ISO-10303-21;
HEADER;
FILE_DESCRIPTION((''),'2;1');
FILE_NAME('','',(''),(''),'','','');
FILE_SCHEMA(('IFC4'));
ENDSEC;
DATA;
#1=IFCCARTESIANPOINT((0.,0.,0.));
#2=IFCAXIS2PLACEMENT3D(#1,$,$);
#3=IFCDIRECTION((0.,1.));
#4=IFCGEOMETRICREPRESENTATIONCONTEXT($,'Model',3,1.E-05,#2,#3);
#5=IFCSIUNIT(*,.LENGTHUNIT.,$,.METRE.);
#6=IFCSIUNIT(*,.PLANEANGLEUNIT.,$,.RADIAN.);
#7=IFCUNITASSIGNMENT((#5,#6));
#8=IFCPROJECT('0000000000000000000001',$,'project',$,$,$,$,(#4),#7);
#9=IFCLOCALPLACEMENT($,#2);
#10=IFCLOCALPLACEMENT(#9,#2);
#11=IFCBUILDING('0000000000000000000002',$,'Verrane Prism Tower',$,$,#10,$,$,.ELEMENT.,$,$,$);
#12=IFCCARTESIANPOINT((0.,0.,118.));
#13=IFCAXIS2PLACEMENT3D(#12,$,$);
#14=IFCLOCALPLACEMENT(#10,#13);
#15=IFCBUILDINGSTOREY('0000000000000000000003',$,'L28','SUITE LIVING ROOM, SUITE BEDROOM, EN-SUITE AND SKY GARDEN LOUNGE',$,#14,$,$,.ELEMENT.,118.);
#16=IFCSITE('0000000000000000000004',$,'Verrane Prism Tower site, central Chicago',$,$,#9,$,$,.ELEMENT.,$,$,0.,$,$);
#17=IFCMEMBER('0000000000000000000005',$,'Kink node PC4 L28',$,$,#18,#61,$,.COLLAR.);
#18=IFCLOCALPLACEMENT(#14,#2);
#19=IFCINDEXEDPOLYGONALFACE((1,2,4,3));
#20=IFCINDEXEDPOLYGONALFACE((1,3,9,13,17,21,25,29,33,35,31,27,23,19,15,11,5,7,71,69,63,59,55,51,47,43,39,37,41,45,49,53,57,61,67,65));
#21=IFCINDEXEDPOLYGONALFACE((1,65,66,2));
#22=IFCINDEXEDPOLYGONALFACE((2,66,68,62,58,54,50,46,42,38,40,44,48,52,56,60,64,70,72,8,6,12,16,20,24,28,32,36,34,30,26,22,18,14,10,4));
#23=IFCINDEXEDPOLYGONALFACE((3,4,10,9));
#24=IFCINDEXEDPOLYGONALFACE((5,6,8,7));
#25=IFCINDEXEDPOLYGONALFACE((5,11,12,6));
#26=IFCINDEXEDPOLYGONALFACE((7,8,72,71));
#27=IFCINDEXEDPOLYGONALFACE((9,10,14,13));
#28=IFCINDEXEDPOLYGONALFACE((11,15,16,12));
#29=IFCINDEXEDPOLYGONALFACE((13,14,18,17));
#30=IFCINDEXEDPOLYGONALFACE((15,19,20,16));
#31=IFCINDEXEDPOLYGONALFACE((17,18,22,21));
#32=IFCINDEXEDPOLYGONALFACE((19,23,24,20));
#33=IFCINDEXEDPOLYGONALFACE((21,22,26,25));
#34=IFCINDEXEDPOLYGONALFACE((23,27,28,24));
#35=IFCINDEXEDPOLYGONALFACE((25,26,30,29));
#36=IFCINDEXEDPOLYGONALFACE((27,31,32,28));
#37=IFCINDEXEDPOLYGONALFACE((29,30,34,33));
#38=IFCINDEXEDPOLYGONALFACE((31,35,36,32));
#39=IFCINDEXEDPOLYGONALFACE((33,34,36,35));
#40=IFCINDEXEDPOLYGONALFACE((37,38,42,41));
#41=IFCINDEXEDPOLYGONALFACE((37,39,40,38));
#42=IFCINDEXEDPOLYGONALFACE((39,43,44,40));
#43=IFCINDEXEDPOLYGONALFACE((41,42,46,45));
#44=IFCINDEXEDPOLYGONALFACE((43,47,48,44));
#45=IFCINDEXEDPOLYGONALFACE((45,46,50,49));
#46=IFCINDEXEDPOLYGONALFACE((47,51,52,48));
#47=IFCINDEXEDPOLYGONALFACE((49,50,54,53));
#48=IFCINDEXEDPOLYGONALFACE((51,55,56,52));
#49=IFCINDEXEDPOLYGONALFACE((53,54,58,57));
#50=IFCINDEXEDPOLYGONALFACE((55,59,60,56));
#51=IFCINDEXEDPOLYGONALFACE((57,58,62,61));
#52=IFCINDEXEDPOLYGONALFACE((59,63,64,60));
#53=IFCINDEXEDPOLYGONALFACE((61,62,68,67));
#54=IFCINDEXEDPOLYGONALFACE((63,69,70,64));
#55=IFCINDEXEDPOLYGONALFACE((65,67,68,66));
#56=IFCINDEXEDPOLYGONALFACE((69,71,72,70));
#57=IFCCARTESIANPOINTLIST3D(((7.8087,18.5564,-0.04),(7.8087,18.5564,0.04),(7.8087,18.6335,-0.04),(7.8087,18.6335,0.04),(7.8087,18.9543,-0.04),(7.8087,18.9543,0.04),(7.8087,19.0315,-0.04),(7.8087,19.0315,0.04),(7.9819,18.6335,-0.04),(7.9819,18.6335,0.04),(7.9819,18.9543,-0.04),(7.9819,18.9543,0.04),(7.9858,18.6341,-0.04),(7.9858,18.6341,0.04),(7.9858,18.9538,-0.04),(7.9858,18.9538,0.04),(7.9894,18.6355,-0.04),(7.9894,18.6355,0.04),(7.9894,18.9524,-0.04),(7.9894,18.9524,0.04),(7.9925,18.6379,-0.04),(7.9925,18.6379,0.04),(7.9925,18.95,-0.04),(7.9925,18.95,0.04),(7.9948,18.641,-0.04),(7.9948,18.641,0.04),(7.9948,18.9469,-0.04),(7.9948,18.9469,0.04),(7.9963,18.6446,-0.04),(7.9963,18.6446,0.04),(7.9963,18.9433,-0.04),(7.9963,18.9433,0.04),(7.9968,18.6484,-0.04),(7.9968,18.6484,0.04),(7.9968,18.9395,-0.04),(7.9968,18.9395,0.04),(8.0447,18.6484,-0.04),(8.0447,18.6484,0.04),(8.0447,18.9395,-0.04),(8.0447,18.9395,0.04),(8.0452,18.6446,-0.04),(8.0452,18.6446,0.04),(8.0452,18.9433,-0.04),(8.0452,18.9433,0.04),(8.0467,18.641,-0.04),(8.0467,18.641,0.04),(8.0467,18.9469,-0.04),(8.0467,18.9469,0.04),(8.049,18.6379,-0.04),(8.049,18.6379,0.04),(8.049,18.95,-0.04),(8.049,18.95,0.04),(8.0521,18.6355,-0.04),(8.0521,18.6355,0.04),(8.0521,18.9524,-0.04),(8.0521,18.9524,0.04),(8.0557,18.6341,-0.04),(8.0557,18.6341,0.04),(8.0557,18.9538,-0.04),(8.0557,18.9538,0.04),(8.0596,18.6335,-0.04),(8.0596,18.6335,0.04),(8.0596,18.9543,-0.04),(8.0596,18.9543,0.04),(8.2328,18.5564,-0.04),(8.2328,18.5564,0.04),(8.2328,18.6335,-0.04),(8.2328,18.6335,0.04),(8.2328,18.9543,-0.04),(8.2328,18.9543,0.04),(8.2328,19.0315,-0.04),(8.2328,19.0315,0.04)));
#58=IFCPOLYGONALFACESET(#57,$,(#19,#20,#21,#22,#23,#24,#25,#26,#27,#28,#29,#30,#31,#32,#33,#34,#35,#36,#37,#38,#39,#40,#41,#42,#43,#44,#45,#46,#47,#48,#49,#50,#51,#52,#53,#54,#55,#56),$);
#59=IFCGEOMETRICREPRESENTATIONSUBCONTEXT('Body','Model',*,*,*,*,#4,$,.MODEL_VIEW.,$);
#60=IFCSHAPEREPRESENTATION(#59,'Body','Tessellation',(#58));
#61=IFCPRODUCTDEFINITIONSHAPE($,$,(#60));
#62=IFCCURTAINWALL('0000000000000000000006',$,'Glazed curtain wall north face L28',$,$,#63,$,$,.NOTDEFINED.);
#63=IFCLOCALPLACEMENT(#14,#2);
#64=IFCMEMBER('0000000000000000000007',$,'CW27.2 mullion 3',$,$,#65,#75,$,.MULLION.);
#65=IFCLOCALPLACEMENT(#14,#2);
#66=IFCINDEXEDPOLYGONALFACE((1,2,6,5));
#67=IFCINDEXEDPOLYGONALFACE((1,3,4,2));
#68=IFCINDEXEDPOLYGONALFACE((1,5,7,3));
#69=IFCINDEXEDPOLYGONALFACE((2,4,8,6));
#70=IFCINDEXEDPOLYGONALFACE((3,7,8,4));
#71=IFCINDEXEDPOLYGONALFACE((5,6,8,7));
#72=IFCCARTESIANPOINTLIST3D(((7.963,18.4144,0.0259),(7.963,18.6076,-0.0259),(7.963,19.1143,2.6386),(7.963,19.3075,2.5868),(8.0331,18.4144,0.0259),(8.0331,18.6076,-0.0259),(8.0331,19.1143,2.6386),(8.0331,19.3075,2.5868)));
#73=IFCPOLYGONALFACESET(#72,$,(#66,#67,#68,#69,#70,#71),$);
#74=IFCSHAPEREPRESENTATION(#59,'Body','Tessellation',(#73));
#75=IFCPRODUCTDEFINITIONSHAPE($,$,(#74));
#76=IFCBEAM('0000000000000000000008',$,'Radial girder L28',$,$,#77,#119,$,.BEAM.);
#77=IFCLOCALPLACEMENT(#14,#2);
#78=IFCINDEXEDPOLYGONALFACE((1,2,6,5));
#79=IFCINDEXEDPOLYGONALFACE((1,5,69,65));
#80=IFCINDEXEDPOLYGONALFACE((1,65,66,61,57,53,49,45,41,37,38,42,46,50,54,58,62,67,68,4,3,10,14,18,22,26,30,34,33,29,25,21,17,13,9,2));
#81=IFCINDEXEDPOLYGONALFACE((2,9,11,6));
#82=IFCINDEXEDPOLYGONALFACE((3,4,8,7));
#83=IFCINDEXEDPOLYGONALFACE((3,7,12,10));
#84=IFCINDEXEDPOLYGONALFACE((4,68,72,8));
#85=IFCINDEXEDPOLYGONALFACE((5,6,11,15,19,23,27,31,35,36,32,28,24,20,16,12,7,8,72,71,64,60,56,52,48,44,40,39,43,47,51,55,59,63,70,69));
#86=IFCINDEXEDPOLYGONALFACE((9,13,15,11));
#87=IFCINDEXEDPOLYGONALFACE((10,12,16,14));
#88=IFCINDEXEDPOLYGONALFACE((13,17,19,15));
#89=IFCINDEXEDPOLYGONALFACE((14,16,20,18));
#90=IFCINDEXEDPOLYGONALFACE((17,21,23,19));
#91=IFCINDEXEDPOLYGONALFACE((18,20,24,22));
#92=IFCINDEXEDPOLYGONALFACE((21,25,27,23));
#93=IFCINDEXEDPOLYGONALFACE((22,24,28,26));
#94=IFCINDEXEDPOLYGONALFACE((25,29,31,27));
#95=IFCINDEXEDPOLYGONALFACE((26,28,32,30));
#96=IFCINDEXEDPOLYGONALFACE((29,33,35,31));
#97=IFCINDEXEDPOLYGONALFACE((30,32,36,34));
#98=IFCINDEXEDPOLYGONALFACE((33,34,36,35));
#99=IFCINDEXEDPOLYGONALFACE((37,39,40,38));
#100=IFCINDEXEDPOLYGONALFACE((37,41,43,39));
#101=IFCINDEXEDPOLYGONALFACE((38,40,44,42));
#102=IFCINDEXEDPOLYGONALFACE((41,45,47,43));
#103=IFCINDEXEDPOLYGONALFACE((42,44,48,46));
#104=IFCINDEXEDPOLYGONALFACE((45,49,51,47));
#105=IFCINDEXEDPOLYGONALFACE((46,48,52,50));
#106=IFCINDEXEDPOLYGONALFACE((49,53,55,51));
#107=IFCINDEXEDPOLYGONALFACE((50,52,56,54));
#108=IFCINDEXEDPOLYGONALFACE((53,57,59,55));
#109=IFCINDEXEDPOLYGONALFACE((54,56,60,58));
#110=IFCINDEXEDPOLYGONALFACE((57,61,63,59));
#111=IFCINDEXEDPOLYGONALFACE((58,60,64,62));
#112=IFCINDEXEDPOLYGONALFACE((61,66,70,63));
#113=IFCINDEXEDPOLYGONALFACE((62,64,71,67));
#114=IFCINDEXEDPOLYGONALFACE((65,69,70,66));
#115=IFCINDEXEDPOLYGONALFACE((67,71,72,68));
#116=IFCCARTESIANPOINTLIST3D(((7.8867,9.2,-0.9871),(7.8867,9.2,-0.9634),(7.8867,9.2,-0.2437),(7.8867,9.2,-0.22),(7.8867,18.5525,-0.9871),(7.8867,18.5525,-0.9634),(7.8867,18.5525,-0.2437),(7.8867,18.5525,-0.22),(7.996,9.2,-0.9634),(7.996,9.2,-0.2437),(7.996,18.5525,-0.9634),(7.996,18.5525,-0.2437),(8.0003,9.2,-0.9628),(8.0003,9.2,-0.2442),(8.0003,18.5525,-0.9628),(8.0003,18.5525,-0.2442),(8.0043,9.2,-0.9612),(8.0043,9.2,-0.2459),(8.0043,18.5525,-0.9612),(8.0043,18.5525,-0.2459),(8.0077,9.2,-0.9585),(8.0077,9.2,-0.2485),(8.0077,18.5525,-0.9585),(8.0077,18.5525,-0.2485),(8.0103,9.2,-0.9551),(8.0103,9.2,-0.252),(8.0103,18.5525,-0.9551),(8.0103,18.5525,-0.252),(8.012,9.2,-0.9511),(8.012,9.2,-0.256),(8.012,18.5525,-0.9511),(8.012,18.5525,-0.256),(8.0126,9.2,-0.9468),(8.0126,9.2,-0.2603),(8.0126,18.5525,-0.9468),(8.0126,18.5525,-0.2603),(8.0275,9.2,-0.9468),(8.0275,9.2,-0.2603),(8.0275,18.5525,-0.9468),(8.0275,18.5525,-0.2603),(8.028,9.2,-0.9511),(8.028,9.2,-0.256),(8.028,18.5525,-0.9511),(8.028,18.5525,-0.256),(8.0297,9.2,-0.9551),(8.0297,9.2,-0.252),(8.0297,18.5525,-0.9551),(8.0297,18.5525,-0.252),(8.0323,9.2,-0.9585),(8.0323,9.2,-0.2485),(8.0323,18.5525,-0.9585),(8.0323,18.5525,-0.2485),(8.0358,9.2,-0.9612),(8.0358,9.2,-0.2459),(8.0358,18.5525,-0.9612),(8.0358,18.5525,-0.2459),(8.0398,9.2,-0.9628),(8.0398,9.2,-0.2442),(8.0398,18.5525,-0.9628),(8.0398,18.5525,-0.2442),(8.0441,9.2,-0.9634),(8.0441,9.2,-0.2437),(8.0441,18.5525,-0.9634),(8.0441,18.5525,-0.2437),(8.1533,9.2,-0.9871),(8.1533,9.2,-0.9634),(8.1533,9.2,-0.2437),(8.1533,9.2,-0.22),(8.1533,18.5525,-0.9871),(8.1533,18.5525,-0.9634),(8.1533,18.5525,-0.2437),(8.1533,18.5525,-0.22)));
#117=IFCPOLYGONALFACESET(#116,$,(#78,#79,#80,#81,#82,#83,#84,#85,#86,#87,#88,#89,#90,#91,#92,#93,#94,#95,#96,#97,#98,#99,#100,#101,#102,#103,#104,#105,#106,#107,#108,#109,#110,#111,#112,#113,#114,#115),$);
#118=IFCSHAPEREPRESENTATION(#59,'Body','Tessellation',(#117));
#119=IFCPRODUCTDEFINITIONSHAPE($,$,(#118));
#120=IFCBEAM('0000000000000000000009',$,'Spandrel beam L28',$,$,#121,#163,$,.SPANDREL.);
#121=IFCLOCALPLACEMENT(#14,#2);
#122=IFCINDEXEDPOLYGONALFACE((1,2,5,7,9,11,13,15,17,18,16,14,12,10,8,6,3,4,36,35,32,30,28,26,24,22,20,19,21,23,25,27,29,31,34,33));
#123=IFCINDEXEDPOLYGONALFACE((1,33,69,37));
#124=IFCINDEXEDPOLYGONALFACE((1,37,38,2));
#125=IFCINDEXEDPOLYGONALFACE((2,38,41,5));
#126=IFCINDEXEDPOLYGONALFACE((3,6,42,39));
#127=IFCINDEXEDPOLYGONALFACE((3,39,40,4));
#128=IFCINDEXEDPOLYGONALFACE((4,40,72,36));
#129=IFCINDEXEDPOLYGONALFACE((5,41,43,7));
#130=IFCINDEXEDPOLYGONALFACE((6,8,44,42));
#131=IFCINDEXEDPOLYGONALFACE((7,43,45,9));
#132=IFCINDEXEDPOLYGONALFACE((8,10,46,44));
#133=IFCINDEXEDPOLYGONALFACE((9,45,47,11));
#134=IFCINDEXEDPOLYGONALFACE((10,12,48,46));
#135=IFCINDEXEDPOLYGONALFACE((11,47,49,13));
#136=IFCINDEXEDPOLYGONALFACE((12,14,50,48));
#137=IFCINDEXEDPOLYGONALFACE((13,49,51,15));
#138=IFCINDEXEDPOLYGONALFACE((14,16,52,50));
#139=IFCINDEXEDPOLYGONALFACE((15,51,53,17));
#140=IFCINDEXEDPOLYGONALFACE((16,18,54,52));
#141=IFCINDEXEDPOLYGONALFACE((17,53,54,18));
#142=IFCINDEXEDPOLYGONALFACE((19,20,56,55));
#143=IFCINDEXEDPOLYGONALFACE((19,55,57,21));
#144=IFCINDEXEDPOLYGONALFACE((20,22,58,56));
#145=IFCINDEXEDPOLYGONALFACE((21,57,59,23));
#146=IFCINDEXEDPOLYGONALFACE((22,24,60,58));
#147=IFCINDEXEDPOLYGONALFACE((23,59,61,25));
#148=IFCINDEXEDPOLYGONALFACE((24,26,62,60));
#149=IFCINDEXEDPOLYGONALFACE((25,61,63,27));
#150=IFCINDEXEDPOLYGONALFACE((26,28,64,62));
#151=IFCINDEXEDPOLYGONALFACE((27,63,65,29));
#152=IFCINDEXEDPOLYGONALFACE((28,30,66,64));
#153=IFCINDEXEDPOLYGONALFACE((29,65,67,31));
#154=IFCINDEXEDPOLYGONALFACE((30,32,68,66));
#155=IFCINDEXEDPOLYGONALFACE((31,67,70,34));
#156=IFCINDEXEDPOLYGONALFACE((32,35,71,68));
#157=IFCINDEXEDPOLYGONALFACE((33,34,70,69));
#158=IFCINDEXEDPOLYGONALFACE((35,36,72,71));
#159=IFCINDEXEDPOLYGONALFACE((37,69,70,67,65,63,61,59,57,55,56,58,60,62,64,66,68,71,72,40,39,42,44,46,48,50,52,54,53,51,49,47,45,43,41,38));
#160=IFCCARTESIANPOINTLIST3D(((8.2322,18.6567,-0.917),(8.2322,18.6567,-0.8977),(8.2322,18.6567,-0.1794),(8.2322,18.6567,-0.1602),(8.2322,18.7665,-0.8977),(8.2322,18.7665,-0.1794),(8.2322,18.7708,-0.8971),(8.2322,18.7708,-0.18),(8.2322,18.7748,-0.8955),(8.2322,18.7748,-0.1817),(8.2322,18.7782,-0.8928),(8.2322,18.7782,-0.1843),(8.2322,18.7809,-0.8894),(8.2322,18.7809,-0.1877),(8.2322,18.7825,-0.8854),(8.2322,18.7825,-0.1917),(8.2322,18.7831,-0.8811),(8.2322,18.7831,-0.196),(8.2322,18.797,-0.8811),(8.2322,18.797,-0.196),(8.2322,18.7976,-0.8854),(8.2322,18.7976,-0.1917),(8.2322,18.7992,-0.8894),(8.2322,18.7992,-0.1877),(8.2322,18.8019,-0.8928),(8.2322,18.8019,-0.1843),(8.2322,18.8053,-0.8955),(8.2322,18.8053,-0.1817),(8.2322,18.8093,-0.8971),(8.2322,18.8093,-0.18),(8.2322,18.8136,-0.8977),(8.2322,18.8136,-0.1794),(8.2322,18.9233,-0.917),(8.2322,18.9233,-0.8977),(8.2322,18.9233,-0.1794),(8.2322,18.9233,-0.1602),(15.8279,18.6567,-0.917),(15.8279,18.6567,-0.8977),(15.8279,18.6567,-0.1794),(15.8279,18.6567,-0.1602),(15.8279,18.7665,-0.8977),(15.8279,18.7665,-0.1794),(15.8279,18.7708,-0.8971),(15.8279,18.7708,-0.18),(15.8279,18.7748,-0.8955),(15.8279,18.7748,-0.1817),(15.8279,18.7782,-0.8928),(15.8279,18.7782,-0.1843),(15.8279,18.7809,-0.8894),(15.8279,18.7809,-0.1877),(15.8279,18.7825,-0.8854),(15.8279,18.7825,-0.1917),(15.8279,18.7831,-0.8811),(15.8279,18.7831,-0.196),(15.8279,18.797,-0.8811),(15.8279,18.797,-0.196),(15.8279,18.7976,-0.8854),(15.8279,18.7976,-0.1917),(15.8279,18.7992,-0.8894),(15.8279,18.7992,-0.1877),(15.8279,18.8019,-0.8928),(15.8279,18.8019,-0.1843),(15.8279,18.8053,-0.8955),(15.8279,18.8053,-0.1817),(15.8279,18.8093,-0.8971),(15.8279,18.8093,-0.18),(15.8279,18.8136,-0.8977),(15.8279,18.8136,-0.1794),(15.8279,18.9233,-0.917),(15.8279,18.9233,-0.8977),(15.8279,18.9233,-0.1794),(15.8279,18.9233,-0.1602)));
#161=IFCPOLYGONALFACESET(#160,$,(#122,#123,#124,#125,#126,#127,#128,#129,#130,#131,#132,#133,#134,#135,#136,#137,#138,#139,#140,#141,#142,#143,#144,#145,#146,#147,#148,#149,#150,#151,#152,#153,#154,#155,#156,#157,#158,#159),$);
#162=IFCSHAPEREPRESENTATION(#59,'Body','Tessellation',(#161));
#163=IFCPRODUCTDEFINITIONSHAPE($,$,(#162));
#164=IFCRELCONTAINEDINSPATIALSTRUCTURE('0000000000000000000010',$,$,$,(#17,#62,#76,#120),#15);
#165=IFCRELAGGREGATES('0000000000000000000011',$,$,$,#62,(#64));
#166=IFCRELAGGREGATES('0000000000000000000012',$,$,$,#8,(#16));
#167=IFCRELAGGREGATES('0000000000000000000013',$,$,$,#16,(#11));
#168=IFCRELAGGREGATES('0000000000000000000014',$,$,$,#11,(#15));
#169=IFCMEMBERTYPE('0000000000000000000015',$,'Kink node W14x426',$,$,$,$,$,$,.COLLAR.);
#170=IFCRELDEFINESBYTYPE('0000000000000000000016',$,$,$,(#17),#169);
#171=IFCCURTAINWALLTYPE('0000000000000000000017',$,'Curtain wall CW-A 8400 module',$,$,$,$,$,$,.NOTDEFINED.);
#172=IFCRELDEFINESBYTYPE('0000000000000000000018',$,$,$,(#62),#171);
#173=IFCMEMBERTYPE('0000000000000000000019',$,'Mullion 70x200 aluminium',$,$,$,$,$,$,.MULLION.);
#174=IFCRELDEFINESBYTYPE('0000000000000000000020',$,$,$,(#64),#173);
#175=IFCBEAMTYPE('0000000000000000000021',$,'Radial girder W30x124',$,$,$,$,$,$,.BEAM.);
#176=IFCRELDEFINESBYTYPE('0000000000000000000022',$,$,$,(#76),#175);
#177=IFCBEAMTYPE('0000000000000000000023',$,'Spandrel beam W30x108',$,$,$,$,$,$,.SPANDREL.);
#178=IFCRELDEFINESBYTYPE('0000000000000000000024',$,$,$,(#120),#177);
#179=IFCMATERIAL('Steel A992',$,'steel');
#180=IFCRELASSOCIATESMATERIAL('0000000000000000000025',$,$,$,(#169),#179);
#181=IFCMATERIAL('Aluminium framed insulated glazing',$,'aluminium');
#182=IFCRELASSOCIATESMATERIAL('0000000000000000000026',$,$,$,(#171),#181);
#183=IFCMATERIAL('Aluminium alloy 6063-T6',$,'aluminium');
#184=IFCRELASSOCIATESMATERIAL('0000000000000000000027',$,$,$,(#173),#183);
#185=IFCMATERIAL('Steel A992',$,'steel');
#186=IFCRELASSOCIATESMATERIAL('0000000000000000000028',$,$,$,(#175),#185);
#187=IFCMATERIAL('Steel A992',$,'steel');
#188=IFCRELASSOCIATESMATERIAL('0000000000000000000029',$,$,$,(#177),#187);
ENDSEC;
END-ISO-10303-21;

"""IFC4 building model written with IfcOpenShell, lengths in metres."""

from ifc_helpers import new_model, si_unit, direction, frame, origin, origin_2d, place, context, subcontext, project, spatial, rectangle, i_section, extrude, material, material_profile, profile_set, type_object, element, aggregate, save


model = new_model("IFC4")

# Units and contexts
model_context = context("Model", 3, precision=1e-05, world=origin(), true_north=direction((0.0, 1.0)))
body_context = subcontext(model_context, "Body", "Model", "MODEL_VIEW")
ifc_project = project(units=[si_unit("LENGTHUNIT", "METRE"), si_unit("PLANEANGLEUNIT", "RADIAN")], contexts=[model_context])

# Site, building, storey
site_placement = place(None, origin())
site = spatial("IfcSite", under=ifc_project, at=site_placement, Name="Verrane Prism Tower site, central Chicago", CompositionType="ELEMENT", RefElevation=0.0)
building_placement = place(site_placement, origin())
building = spatial("IfcBuilding", under=site, at=building_placement, Name="Verrane Prism Tower", CompositionType="ELEMENT")
storey_placement = place(building_placement, frame((0.0, 0.0, 118.0)))
storey = spatial("IfcBuildingStorey", under=building, at=storey_placement, Name="L28", Description="SUITE LIVING ROOM, SUITE BEDROOM, EN-SUITE AND SKY GARDEN LOUNGE", CompositionType="ELEMENT", Elevation=118.0)

# Member
ifc_material_1 = material(Name="Steel A992", Category="steel")
ifc_material_profile_1 = material_profile(ifc_material_1, i_section(OverallWidth=0.4241, OverallDepth=0.4751, WebThickness=0.0479, FlangeThickness=0.0771, FilletRadius=0.0149, at=origin_2d()), Name="W14x426")
ifc_profile_set_1 = profile_set([ifc_material_profile_1], Name="Steel A992")
member_type_1 = type_object("IfcMemberType", Name="Kink node W14x426", PredefinedType="COLLAR", material=ifc_profile_set_1)
member_1_placement = place(storey_placement, frame((8.0208, 18.7939, -0.04), z_axis=(0.0, 0.0, 1.0), x_axis=(1.0, 0.0, 0.0)))
element("IfcMember", 1, at=member_1_placement, inside=storey, type_object=member_type_1, Name="Kink node PC4 L28", PredefinedType="COLLAR", context=body_context, shape_type="SweptSolid", body=[
    extrude(i_section(OverallWidth=0.4241, OverallDepth=0.4751, WebThickness=0.0479, FlangeThickness=0.0771, FilletRadius=0.0149, at=origin_2d()), origin(), (0.0, 0.0, 1.0), 0.0801),
])

# Curtain wall, member
ifc_material_2 = material(Name="Aluminium framed insulated glazing", Category="aluminium")
curtain_wall_type = type_object("IfcCurtainWallType", Name="Curtain wall CW-A 8400 module", PredefinedType="NOTDEFINED", material=ifc_material_2)
curtain_wall_placement = place(storey_placement, origin())
curtain_wall = element("IfcCurtainWall", 2, at=curtain_wall_placement, inside=storey, type_object=curtain_wall_type, Name="Glazed curtain wall north face L28", PredefinedType="NOTDEFINED")
ifc_material_3 = material(Name="Aluminium alloy 6063-T6", Category="aluminium")
ifc_material_profile_2 = material_profile(ifc_material_3, rectangle(XDim=0.2, YDim=0.0701, at=origin_2d()), Name="Mullion 70x200 aluminium")
ifc_profile_set_2 = profile_set([ifc_material_profile_2], Name="Aluminium alloy 6063-T6")
member_type_2 = type_object("IfcMemberType", Name="Mullion 70x200 aluminium", PredefinedType="MULLION", material=ifc_profile_set_2)
member_2_placement = place(storey_placement, frame((7.998, 18.511, 0.0), z_axis=(0.0, 0.258769, 0.965939), x_axis=(0.0, 0.965939, -0.258769)))
member_2 = element("IfcMember", 3, at=member_2_placement, type_object=member_type_2, Name="CW27.2 mullion 3", PredefinedType="MULLION", context=body_context, shape_type="SweptSolid", body=[
    extrude(rectangle(XDim=0.2, YDim=0.0701, at=origin_2d()), origin(), (0.0, 0.0, 1.0), 2.7048),
])

# Beams
ifc_material_4 = material(Name="Steel A992", Category="steel")
ifc_material_profile_3 = material_profile(ifc_material_4, i_section(OverallWidth=0.2666, OverallDepth=0.7671, WebThickness=0.0149, FlangeThickness=0.0237, FilletRadius=0.0166, at=origin_2d()), Name="W30x124")
ifc_profile_set_3 = profile_set([ifc_material_profile_3], Name="Steel A992")
beam_type_1 = type_object("IfcBeamType", Name="Radial girder W30x124", PredefinedType="BEAM", material=ifc_profile_set_3)
beam_placement = place(storey_placement, frame((8.02, 18.5525, -0.6035), z_axis=(0.0, -1.0, 0.0), x_axis=(1.0, 0.0, 0.0)))
element("IfcBeam", 4, at=beam_placement, inside=storey, type_object=beam_type_1, Name="Radial girder L28", PredefinedType="BEAM", context=body_context, shape_type="SweptSolid", body=[
    extrude(i_section(OverallWidth=0.2666, OverallDepth=0.7671, WebThickness=0.0149, FlangeThickness=0.0237, FilletRadius=0.0166, at=origin_2d()), origin(), (0.0, 0.0, 1.0), 9.3525),
])
ifc_material_5 = material(Name="Steel A992", Category="steel")
ifc_material_profile_4 = material_profile(ifc_material_5, i_section(OverallWidth=0.2666, OverallDepth=0.7568, WebThickness=0.0139, FlangeThickness=0.0193, FilletRadius=0.0166, at=origin_2d()), Name="W30x108")
ifc_profile_set_4 = profile_set([ifc_material_profile_4], Name="Steel A992")
beam_type_2 = type_object("IfcBeamType", Name="Spandrel beam W30x108", PredefinedType="SPANDREL", material=ifc_profile_set_4)
for number, where, z_axis, x_axis, name in (
    (5, (15.8279, 18.79, -0.5386), (-1.0, 0.0, 0.0), (0.0, -1.0, 0.0), "Spandrel beam L28"),
):
    element("IfcBeam", number, at=place(storey_placement, frame(where, z_axis=z_axis, x_axis=x_axis)), inside=storey, type_object=beam_type_2, Name=name, PredefinedType="SPANDREL", context=body_context, shape_type="SweptSolid", body=[
        extrude(i_section(OverallWidth=0.2666, OverallDepth=0.7568, WebThickness=0.0139, FlangeThickness=0.0193, FilletRadius=0.0166, at=origin_2d()), origin(), (0.0, 0.0, 1.0), 7.5957),
    ])

aggregate(curtain_wall, [member_2])

save(model, "model.ifc")
